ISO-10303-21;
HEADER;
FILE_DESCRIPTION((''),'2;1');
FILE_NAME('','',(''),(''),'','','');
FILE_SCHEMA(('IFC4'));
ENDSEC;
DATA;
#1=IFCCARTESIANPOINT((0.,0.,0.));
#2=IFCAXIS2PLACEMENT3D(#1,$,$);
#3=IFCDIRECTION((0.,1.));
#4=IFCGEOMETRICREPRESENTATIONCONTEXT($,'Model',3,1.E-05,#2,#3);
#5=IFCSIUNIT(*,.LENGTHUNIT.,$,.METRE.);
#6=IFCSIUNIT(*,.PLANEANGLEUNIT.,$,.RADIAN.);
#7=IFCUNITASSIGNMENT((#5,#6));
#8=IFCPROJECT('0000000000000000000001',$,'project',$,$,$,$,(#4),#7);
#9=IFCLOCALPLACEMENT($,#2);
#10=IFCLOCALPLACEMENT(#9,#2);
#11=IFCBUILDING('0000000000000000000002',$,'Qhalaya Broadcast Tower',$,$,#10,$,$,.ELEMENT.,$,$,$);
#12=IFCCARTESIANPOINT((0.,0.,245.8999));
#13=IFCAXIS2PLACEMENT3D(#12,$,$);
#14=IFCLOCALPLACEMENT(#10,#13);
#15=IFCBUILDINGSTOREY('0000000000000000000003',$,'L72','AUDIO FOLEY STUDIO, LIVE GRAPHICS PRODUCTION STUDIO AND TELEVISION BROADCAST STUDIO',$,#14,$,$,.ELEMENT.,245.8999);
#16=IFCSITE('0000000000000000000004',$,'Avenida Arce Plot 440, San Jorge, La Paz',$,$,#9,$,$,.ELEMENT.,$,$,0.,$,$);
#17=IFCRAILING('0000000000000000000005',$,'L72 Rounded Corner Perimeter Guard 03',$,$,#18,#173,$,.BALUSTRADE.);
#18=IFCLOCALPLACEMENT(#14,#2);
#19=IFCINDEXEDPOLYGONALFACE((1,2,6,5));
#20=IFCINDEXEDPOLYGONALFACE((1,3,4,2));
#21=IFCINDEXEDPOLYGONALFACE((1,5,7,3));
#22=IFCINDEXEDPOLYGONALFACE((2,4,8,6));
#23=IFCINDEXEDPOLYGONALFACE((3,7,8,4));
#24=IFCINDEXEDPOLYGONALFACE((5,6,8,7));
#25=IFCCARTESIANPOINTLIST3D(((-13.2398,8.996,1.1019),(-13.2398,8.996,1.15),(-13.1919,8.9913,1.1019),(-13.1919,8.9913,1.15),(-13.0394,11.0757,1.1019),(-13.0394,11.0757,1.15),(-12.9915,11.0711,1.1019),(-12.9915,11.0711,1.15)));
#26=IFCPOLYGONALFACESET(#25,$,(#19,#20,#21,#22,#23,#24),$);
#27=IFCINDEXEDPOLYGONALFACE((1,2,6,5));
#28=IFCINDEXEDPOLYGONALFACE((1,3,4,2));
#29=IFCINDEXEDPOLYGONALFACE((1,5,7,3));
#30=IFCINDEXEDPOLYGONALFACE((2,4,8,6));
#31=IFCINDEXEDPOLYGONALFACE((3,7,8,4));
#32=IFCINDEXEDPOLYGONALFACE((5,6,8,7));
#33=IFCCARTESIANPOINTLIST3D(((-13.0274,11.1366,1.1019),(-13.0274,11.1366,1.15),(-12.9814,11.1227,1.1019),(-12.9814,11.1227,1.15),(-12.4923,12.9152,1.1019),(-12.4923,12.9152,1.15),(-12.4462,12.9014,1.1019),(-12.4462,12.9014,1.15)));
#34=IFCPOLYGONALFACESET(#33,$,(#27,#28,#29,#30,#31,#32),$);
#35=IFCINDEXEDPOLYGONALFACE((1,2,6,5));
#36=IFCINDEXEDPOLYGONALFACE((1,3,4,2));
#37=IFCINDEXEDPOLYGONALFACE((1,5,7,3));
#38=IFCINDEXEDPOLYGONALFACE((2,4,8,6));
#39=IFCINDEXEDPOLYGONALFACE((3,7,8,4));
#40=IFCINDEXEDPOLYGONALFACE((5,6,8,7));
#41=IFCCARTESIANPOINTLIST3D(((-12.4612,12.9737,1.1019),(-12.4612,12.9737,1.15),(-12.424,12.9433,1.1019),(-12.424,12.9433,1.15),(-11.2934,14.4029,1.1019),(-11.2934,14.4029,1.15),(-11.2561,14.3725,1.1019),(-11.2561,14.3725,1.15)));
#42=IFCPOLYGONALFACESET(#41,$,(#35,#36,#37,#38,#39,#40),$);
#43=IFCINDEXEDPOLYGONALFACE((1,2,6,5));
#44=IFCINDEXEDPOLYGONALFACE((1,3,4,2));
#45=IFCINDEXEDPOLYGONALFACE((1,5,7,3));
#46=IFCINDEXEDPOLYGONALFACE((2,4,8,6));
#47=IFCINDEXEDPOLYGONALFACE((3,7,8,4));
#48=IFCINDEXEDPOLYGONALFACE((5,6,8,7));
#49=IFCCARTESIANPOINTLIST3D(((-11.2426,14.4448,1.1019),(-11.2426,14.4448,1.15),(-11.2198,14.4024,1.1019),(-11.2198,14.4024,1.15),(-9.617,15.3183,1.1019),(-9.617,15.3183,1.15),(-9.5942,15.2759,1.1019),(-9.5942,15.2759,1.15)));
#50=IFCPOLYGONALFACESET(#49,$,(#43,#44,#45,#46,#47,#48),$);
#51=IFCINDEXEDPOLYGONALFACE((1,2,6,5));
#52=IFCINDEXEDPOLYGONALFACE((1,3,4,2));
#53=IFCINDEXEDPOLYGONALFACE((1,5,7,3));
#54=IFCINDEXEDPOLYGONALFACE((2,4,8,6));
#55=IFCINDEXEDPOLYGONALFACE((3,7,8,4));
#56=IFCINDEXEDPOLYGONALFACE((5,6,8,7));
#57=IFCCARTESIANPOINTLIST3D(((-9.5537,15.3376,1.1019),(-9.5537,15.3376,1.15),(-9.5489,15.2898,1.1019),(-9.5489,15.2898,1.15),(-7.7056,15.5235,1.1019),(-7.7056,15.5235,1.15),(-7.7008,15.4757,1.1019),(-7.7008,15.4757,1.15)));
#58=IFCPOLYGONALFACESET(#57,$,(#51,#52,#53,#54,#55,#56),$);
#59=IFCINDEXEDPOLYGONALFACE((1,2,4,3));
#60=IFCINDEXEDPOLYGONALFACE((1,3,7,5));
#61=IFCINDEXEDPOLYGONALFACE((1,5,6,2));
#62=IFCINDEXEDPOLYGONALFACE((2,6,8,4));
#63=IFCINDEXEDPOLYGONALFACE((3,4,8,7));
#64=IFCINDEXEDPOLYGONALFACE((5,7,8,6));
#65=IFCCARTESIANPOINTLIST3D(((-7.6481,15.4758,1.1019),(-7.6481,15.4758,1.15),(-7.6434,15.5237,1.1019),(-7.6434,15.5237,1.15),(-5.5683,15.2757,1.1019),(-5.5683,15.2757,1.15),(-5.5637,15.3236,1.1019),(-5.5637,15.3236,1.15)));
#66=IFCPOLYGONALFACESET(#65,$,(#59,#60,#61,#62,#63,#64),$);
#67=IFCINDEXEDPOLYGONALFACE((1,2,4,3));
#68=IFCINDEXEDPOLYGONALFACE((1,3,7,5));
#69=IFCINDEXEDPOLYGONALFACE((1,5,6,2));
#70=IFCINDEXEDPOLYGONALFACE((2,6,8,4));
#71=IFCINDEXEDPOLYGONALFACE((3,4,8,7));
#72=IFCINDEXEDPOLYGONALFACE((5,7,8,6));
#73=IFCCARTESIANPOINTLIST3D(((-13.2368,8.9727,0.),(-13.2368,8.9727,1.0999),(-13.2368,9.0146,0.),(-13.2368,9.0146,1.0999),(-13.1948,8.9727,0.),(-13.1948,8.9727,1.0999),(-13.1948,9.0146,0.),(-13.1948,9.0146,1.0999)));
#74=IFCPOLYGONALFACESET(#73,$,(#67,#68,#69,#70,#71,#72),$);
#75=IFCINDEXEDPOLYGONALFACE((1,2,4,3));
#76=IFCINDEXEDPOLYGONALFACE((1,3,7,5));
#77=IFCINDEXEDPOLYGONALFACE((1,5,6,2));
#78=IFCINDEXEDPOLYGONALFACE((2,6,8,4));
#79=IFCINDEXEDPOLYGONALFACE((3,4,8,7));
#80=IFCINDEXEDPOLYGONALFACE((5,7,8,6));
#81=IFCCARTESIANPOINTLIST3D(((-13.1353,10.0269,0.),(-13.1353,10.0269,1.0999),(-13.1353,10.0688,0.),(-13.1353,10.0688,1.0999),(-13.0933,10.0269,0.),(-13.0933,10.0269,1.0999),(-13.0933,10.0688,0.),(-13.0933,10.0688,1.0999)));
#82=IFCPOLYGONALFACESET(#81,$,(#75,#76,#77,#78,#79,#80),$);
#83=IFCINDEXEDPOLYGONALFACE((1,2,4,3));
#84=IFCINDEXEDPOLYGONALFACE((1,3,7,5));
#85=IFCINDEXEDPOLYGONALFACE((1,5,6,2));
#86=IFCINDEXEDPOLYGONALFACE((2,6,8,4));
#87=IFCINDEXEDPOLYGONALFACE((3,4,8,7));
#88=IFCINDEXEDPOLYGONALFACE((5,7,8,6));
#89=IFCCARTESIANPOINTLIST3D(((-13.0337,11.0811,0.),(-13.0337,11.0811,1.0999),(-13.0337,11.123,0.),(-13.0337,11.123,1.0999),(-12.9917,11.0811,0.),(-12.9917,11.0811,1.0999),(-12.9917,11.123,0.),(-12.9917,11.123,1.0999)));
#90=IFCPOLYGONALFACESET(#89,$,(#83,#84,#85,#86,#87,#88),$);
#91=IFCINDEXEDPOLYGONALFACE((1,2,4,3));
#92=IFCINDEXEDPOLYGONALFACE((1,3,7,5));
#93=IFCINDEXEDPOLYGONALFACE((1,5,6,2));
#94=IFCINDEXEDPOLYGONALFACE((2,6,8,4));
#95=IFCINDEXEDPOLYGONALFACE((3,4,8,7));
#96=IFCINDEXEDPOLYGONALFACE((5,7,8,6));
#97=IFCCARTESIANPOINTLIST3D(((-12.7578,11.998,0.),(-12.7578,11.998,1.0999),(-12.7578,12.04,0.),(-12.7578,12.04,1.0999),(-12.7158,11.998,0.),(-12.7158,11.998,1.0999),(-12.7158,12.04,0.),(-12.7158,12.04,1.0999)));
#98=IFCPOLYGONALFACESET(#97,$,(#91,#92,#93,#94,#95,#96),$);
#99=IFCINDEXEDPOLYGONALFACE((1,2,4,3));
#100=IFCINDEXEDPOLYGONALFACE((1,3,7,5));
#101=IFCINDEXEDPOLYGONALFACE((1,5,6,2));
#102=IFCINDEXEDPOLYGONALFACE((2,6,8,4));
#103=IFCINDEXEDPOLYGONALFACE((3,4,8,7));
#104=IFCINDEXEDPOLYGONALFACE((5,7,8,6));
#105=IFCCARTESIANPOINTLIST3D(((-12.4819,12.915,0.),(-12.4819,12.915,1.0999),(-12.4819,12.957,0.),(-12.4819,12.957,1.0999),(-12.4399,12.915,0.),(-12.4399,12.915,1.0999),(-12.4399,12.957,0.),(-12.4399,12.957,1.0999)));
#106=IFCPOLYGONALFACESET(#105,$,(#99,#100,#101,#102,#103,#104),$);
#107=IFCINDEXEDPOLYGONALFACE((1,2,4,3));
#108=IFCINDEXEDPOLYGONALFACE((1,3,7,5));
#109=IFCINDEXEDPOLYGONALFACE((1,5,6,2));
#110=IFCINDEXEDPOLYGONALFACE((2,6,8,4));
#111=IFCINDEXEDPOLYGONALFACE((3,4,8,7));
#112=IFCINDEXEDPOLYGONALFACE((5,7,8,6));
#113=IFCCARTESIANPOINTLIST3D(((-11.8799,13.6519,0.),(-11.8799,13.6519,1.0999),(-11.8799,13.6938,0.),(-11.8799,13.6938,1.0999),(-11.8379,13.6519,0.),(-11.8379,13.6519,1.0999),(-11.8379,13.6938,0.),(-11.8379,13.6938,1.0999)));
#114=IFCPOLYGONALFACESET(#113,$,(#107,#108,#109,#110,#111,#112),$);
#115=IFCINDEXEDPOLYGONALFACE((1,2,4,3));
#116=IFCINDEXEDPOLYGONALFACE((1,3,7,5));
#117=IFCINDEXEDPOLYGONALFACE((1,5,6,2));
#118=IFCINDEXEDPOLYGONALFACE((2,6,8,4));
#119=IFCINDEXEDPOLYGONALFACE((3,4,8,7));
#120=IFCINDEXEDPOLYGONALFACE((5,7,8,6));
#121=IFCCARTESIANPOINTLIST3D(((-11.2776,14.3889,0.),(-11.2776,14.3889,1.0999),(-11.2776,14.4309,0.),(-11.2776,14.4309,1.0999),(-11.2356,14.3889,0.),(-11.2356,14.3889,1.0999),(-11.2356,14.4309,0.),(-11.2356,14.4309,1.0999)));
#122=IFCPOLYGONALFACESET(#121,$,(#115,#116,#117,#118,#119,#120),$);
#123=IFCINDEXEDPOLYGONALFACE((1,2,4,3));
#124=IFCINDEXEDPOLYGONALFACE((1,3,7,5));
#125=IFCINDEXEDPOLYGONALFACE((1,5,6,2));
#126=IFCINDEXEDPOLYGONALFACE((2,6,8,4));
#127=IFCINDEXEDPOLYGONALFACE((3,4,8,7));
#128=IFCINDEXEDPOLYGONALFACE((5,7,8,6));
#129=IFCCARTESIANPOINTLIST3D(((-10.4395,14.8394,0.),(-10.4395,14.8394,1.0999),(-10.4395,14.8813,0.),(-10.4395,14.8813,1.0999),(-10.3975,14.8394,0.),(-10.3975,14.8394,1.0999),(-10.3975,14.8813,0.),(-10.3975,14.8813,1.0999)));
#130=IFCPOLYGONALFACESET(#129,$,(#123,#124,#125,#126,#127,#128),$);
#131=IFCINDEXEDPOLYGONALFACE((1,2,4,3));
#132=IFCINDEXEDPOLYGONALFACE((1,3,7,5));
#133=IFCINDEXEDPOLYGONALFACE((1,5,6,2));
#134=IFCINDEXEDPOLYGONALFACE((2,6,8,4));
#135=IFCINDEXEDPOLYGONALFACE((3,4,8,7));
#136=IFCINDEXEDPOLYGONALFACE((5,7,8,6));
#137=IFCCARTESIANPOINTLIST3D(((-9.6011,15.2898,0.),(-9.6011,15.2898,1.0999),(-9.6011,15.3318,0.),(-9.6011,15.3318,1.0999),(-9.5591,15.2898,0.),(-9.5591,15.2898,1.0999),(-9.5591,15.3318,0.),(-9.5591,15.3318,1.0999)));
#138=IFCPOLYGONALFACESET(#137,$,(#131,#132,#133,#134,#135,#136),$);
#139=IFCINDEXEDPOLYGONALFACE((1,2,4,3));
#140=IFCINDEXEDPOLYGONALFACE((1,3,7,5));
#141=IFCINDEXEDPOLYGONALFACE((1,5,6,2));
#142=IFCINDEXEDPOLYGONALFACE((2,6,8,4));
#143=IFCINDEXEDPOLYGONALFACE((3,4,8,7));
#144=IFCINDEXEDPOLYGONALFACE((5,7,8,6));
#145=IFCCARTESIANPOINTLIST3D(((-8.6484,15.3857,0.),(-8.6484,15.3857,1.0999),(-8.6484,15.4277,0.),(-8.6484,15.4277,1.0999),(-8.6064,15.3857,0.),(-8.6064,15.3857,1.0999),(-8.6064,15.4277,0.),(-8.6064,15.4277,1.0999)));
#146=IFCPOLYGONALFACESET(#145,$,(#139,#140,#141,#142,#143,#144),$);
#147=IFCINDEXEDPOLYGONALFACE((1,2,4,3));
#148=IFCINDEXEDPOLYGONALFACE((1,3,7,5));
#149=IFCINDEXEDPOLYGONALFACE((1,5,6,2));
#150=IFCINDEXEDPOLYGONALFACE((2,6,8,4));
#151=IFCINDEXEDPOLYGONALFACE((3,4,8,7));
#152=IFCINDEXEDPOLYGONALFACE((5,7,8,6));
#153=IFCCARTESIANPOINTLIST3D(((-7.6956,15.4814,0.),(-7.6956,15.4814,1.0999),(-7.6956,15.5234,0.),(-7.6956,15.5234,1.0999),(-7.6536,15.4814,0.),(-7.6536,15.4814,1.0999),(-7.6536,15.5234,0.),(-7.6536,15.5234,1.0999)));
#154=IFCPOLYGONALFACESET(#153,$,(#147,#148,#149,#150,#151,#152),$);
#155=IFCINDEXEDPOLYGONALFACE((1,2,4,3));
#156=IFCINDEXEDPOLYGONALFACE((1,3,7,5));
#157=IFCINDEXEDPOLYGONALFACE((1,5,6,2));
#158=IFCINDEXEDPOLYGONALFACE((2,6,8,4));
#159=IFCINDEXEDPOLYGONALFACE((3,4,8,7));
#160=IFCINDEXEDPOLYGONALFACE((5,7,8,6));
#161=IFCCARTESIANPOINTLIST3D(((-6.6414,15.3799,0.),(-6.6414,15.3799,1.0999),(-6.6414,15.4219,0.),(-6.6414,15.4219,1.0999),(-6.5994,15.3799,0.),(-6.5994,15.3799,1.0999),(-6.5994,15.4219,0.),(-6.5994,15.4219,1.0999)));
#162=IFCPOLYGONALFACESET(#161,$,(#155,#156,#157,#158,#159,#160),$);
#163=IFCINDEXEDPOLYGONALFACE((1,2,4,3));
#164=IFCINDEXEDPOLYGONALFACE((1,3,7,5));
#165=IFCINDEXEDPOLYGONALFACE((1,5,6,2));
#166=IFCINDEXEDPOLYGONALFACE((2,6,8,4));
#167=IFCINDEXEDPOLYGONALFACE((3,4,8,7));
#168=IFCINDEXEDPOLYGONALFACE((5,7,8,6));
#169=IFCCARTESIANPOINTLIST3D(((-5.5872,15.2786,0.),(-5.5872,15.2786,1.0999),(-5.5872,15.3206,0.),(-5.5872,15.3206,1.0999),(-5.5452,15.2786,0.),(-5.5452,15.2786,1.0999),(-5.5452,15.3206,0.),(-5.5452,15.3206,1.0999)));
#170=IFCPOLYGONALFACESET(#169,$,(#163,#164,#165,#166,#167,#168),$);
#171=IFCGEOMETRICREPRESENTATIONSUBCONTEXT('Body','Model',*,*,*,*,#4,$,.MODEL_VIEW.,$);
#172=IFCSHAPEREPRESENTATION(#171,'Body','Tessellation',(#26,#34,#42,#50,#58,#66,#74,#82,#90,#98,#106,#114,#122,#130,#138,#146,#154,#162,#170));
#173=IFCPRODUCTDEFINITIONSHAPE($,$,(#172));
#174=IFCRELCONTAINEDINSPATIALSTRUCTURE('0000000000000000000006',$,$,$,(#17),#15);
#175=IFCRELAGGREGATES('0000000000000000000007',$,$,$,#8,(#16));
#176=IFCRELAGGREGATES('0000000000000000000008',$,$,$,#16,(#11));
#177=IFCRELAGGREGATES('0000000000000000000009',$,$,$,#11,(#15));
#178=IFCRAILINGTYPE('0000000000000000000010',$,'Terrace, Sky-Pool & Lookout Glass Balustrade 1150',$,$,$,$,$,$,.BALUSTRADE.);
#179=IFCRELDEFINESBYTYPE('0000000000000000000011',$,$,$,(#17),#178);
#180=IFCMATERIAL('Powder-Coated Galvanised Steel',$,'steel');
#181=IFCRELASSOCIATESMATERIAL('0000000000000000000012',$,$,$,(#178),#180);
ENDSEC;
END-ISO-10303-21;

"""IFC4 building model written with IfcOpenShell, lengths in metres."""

from ifc_helpers import new_model, si_unit, direction, frame, origin, origin_2d, place, context, subcontext, project, spatial, rectangle, extrude, material, type_object, element, save


model = new_model("IFC4")

# Units and contexts
model_context = context("Model", 3, precision=1e-05, world=origin(), true_north=direction((0.0, 1.0)))
body_context = subcontext(model_context, "Body", "Model", "MODEL_VIEW")
ifc_project = project(units=[si_unit("LENGTHUNIT", "METRE"), si_unit("PLANEANGLEUNIT", "RADIAN")], contexts=[model_context])

# Site, building, storey
site_placement = place(None, origin())
site = spatial("IfcSite", under=ifc_project, at=site_placement, Name="Avenida Arce Plot 440, San Jorge, La Paz", CompositionType="ELEMENT", RefElevation=0.0)
building_placement = place(site_placement, origin())
building = spatial("IfcBuilding", under=site, at=building_placement, Name="Qhalaya Broadcast Tower", CompositionType="ELEMENT")
storey_placement = place(building_placement, frame((0.0, 0.0, 245.8999)))
storey = spatial("IfcBuildingStorey", under=building, at=storey_placement, Name="L72", Description="AUDIO FOLEY STUDIO, LIVE GRAPHICS PRODUCTION STUDIO AND TELEVISION BROADCAST STUDIO", CompositionType="ELEMENT", Elevation=245.8999)

# Railing
ifc_material_1 = material(Name="Powder-Coated Galvanised Steel", Category="steel")
railing_type = type_object("IfcRailingType", Name="Terrace, Sky-Pool & Lookout Glass Balustrade 1150", PredefinedType="BALUSTRADE", material=ifc_material_1)
railing_placement = place(storey_placement, frame((-13.2158, 8.9937, 0.0)))
element("IfcRailing", 1, at=railing_placement, inside=storey, type_object=railing_type, Name="L72 Rounded Corner Perimeter Guard 03", PredefinedType="BALUSTRADE", context=body_context, shape_type="SweptSolid", body=[
    extrude(rectangle(XDim=0.0481, YDim=0.0481, at=origin_2d()), frame((0.0, 0.0, 1.126), z_axis=(0.095897, 0.995391, 0.0), x_axis=(-0.995391, 0.095897, 0.0)), (0.0, 0.0, 1.0), 2.0894),
    extrude(rectangle(XDim=0.0481, YDim=0.0481, at=origin_2d()), frame((0.2114, 2.136, 1.126), z_axis=(0.288096, 0.957601, 0.0), x_axis=(-0.957601, 0.288096, 0.0)), (0.0, 0.0, 1.0), 1.8574),
    extrude(rectangle(XDim=0.0481, YDim=0.0481, at=origin_2d()), frame((0.7732, 3.9648, 1.126), z_axis=(0.632749, 0.774357, 0.0), x_axis=(-0.774357, 0.632749, 0.0)), (0.0, 0.0, 1.0), 1.8457),
    extrude(rectangle(XDim=0.0481, YDim=0.0481, at=origin_2d()), frame((1.9846, 5.4299, 1.126), z_axis=(0.880879, 0.473342, 0.0), x_axis=(-0.473342, 0.880879, 0.0)), (0.0, 0.0, 1.0), 1.8455),
    extrude(rectangle(XDim=0.0481, YDim=0.0481, at=origin_2d()), frame((3.6646, 6.3201, 1.126), z_axis=(0.99498, 0.100072, 0.0), x_axis=(-0.100072, 0.99498, 0.0)), (0.0, 0.0, 1.0), 1.8574),
    extrude(rectangle(XDim=0.0481, YDim=0.0481, at=origin_2d()), frame((5.5701, 6.5061, 1.126), z_axis=(0.995402, -0.095783, 0.0), x_axis=(0.095783, 0.995402, 0.0)), (0.0, 0.0, 1.0), 2.0894),
    extrude(rectangle(XDim=0.042, YDim=0.042, at=origin_2d()), origin(), (0.0, 0.0, 1.0), 1.0999),
    extrude(rectangle(XDim=0.042, YDim=0.042, at=origin_2d()), frame((0.1016, 1.0542, 0.0)), (0.0, 0.0, 1.0), 1.0999),
    extrude(rectangle(XDim=0.042, YDim=0.042, at=origin_2d()), frame((0.2031, 2.1084, 0.0)), (0.0, 0.0, 1.0), 1.0999),
    extrude(rectangle(XDim=0.042, YDim=0.042, at=origin_2d()), frame((0.479, 3.0254, 0.0)), (0.0, 0.0, 1.0), 1.0999),
    extrude(rectangle(XDim=0.042, YDim=0.042, at=origin_2d()), frame((0.7549, 3.9424, 0.0)), (0.0, 0.0, 1.0), 1.0999),
    extrude(rectangle(XDim=0.042, YDim=0.042, at=origin_2d()), frame((1.3569, 4.6792, 0.0)), (0.0, 0.0, 1.0), 1.0999),
    extrude(rectangle(XDim=0.042, YDim=0.042, at=origin_2d()), frame((1.9592, 5.4163, 0.0)), (0.0, 0.0, 1.0), 1.0999),
    extrude(rectangle(XDim=0.042, YDim=0.042, at=origin_2d()), frame((2.7974, 5.8667, 0.0)), (0.0, 0.0, 1.0), 1.0999),
    extrude(rectangle(XDim=0.042, YDim=0.042, at=origin_2d()), frame((3.6357, 6.3171, 0.0)), (0.0, 0.0, 1.0), 1.0999),
    extrude(rectangle(XDim=0.042, YDim=0.042, at=origin_2d()), frame((4.5884, 6.4131, 0.0)), (0.0, 0.0, 1.0), 1.0999),
    extrude(rectangle(XDim=0.042, YDim=0.042, at=origin_2d()), frame((5.5413, 6.5088, 0.0)), (0.0, 0.0, 1.0), 1.0999),
    extrude(rectangle(XDim=0.042, YDim=0.042, at=origin_2d()), frame((6.5955, 6.4072, 0.0)), (0.0, 0.0, 1.0), 1.0999),
    extrude(rectangle(XDim=0.042, YDim=0.042, at=origin_2d()), frame((7.6497, 6.3059, 0.0)), (0.0, 0.0, 1.0), 1.0999),
])

save(model, "model.ifc")
